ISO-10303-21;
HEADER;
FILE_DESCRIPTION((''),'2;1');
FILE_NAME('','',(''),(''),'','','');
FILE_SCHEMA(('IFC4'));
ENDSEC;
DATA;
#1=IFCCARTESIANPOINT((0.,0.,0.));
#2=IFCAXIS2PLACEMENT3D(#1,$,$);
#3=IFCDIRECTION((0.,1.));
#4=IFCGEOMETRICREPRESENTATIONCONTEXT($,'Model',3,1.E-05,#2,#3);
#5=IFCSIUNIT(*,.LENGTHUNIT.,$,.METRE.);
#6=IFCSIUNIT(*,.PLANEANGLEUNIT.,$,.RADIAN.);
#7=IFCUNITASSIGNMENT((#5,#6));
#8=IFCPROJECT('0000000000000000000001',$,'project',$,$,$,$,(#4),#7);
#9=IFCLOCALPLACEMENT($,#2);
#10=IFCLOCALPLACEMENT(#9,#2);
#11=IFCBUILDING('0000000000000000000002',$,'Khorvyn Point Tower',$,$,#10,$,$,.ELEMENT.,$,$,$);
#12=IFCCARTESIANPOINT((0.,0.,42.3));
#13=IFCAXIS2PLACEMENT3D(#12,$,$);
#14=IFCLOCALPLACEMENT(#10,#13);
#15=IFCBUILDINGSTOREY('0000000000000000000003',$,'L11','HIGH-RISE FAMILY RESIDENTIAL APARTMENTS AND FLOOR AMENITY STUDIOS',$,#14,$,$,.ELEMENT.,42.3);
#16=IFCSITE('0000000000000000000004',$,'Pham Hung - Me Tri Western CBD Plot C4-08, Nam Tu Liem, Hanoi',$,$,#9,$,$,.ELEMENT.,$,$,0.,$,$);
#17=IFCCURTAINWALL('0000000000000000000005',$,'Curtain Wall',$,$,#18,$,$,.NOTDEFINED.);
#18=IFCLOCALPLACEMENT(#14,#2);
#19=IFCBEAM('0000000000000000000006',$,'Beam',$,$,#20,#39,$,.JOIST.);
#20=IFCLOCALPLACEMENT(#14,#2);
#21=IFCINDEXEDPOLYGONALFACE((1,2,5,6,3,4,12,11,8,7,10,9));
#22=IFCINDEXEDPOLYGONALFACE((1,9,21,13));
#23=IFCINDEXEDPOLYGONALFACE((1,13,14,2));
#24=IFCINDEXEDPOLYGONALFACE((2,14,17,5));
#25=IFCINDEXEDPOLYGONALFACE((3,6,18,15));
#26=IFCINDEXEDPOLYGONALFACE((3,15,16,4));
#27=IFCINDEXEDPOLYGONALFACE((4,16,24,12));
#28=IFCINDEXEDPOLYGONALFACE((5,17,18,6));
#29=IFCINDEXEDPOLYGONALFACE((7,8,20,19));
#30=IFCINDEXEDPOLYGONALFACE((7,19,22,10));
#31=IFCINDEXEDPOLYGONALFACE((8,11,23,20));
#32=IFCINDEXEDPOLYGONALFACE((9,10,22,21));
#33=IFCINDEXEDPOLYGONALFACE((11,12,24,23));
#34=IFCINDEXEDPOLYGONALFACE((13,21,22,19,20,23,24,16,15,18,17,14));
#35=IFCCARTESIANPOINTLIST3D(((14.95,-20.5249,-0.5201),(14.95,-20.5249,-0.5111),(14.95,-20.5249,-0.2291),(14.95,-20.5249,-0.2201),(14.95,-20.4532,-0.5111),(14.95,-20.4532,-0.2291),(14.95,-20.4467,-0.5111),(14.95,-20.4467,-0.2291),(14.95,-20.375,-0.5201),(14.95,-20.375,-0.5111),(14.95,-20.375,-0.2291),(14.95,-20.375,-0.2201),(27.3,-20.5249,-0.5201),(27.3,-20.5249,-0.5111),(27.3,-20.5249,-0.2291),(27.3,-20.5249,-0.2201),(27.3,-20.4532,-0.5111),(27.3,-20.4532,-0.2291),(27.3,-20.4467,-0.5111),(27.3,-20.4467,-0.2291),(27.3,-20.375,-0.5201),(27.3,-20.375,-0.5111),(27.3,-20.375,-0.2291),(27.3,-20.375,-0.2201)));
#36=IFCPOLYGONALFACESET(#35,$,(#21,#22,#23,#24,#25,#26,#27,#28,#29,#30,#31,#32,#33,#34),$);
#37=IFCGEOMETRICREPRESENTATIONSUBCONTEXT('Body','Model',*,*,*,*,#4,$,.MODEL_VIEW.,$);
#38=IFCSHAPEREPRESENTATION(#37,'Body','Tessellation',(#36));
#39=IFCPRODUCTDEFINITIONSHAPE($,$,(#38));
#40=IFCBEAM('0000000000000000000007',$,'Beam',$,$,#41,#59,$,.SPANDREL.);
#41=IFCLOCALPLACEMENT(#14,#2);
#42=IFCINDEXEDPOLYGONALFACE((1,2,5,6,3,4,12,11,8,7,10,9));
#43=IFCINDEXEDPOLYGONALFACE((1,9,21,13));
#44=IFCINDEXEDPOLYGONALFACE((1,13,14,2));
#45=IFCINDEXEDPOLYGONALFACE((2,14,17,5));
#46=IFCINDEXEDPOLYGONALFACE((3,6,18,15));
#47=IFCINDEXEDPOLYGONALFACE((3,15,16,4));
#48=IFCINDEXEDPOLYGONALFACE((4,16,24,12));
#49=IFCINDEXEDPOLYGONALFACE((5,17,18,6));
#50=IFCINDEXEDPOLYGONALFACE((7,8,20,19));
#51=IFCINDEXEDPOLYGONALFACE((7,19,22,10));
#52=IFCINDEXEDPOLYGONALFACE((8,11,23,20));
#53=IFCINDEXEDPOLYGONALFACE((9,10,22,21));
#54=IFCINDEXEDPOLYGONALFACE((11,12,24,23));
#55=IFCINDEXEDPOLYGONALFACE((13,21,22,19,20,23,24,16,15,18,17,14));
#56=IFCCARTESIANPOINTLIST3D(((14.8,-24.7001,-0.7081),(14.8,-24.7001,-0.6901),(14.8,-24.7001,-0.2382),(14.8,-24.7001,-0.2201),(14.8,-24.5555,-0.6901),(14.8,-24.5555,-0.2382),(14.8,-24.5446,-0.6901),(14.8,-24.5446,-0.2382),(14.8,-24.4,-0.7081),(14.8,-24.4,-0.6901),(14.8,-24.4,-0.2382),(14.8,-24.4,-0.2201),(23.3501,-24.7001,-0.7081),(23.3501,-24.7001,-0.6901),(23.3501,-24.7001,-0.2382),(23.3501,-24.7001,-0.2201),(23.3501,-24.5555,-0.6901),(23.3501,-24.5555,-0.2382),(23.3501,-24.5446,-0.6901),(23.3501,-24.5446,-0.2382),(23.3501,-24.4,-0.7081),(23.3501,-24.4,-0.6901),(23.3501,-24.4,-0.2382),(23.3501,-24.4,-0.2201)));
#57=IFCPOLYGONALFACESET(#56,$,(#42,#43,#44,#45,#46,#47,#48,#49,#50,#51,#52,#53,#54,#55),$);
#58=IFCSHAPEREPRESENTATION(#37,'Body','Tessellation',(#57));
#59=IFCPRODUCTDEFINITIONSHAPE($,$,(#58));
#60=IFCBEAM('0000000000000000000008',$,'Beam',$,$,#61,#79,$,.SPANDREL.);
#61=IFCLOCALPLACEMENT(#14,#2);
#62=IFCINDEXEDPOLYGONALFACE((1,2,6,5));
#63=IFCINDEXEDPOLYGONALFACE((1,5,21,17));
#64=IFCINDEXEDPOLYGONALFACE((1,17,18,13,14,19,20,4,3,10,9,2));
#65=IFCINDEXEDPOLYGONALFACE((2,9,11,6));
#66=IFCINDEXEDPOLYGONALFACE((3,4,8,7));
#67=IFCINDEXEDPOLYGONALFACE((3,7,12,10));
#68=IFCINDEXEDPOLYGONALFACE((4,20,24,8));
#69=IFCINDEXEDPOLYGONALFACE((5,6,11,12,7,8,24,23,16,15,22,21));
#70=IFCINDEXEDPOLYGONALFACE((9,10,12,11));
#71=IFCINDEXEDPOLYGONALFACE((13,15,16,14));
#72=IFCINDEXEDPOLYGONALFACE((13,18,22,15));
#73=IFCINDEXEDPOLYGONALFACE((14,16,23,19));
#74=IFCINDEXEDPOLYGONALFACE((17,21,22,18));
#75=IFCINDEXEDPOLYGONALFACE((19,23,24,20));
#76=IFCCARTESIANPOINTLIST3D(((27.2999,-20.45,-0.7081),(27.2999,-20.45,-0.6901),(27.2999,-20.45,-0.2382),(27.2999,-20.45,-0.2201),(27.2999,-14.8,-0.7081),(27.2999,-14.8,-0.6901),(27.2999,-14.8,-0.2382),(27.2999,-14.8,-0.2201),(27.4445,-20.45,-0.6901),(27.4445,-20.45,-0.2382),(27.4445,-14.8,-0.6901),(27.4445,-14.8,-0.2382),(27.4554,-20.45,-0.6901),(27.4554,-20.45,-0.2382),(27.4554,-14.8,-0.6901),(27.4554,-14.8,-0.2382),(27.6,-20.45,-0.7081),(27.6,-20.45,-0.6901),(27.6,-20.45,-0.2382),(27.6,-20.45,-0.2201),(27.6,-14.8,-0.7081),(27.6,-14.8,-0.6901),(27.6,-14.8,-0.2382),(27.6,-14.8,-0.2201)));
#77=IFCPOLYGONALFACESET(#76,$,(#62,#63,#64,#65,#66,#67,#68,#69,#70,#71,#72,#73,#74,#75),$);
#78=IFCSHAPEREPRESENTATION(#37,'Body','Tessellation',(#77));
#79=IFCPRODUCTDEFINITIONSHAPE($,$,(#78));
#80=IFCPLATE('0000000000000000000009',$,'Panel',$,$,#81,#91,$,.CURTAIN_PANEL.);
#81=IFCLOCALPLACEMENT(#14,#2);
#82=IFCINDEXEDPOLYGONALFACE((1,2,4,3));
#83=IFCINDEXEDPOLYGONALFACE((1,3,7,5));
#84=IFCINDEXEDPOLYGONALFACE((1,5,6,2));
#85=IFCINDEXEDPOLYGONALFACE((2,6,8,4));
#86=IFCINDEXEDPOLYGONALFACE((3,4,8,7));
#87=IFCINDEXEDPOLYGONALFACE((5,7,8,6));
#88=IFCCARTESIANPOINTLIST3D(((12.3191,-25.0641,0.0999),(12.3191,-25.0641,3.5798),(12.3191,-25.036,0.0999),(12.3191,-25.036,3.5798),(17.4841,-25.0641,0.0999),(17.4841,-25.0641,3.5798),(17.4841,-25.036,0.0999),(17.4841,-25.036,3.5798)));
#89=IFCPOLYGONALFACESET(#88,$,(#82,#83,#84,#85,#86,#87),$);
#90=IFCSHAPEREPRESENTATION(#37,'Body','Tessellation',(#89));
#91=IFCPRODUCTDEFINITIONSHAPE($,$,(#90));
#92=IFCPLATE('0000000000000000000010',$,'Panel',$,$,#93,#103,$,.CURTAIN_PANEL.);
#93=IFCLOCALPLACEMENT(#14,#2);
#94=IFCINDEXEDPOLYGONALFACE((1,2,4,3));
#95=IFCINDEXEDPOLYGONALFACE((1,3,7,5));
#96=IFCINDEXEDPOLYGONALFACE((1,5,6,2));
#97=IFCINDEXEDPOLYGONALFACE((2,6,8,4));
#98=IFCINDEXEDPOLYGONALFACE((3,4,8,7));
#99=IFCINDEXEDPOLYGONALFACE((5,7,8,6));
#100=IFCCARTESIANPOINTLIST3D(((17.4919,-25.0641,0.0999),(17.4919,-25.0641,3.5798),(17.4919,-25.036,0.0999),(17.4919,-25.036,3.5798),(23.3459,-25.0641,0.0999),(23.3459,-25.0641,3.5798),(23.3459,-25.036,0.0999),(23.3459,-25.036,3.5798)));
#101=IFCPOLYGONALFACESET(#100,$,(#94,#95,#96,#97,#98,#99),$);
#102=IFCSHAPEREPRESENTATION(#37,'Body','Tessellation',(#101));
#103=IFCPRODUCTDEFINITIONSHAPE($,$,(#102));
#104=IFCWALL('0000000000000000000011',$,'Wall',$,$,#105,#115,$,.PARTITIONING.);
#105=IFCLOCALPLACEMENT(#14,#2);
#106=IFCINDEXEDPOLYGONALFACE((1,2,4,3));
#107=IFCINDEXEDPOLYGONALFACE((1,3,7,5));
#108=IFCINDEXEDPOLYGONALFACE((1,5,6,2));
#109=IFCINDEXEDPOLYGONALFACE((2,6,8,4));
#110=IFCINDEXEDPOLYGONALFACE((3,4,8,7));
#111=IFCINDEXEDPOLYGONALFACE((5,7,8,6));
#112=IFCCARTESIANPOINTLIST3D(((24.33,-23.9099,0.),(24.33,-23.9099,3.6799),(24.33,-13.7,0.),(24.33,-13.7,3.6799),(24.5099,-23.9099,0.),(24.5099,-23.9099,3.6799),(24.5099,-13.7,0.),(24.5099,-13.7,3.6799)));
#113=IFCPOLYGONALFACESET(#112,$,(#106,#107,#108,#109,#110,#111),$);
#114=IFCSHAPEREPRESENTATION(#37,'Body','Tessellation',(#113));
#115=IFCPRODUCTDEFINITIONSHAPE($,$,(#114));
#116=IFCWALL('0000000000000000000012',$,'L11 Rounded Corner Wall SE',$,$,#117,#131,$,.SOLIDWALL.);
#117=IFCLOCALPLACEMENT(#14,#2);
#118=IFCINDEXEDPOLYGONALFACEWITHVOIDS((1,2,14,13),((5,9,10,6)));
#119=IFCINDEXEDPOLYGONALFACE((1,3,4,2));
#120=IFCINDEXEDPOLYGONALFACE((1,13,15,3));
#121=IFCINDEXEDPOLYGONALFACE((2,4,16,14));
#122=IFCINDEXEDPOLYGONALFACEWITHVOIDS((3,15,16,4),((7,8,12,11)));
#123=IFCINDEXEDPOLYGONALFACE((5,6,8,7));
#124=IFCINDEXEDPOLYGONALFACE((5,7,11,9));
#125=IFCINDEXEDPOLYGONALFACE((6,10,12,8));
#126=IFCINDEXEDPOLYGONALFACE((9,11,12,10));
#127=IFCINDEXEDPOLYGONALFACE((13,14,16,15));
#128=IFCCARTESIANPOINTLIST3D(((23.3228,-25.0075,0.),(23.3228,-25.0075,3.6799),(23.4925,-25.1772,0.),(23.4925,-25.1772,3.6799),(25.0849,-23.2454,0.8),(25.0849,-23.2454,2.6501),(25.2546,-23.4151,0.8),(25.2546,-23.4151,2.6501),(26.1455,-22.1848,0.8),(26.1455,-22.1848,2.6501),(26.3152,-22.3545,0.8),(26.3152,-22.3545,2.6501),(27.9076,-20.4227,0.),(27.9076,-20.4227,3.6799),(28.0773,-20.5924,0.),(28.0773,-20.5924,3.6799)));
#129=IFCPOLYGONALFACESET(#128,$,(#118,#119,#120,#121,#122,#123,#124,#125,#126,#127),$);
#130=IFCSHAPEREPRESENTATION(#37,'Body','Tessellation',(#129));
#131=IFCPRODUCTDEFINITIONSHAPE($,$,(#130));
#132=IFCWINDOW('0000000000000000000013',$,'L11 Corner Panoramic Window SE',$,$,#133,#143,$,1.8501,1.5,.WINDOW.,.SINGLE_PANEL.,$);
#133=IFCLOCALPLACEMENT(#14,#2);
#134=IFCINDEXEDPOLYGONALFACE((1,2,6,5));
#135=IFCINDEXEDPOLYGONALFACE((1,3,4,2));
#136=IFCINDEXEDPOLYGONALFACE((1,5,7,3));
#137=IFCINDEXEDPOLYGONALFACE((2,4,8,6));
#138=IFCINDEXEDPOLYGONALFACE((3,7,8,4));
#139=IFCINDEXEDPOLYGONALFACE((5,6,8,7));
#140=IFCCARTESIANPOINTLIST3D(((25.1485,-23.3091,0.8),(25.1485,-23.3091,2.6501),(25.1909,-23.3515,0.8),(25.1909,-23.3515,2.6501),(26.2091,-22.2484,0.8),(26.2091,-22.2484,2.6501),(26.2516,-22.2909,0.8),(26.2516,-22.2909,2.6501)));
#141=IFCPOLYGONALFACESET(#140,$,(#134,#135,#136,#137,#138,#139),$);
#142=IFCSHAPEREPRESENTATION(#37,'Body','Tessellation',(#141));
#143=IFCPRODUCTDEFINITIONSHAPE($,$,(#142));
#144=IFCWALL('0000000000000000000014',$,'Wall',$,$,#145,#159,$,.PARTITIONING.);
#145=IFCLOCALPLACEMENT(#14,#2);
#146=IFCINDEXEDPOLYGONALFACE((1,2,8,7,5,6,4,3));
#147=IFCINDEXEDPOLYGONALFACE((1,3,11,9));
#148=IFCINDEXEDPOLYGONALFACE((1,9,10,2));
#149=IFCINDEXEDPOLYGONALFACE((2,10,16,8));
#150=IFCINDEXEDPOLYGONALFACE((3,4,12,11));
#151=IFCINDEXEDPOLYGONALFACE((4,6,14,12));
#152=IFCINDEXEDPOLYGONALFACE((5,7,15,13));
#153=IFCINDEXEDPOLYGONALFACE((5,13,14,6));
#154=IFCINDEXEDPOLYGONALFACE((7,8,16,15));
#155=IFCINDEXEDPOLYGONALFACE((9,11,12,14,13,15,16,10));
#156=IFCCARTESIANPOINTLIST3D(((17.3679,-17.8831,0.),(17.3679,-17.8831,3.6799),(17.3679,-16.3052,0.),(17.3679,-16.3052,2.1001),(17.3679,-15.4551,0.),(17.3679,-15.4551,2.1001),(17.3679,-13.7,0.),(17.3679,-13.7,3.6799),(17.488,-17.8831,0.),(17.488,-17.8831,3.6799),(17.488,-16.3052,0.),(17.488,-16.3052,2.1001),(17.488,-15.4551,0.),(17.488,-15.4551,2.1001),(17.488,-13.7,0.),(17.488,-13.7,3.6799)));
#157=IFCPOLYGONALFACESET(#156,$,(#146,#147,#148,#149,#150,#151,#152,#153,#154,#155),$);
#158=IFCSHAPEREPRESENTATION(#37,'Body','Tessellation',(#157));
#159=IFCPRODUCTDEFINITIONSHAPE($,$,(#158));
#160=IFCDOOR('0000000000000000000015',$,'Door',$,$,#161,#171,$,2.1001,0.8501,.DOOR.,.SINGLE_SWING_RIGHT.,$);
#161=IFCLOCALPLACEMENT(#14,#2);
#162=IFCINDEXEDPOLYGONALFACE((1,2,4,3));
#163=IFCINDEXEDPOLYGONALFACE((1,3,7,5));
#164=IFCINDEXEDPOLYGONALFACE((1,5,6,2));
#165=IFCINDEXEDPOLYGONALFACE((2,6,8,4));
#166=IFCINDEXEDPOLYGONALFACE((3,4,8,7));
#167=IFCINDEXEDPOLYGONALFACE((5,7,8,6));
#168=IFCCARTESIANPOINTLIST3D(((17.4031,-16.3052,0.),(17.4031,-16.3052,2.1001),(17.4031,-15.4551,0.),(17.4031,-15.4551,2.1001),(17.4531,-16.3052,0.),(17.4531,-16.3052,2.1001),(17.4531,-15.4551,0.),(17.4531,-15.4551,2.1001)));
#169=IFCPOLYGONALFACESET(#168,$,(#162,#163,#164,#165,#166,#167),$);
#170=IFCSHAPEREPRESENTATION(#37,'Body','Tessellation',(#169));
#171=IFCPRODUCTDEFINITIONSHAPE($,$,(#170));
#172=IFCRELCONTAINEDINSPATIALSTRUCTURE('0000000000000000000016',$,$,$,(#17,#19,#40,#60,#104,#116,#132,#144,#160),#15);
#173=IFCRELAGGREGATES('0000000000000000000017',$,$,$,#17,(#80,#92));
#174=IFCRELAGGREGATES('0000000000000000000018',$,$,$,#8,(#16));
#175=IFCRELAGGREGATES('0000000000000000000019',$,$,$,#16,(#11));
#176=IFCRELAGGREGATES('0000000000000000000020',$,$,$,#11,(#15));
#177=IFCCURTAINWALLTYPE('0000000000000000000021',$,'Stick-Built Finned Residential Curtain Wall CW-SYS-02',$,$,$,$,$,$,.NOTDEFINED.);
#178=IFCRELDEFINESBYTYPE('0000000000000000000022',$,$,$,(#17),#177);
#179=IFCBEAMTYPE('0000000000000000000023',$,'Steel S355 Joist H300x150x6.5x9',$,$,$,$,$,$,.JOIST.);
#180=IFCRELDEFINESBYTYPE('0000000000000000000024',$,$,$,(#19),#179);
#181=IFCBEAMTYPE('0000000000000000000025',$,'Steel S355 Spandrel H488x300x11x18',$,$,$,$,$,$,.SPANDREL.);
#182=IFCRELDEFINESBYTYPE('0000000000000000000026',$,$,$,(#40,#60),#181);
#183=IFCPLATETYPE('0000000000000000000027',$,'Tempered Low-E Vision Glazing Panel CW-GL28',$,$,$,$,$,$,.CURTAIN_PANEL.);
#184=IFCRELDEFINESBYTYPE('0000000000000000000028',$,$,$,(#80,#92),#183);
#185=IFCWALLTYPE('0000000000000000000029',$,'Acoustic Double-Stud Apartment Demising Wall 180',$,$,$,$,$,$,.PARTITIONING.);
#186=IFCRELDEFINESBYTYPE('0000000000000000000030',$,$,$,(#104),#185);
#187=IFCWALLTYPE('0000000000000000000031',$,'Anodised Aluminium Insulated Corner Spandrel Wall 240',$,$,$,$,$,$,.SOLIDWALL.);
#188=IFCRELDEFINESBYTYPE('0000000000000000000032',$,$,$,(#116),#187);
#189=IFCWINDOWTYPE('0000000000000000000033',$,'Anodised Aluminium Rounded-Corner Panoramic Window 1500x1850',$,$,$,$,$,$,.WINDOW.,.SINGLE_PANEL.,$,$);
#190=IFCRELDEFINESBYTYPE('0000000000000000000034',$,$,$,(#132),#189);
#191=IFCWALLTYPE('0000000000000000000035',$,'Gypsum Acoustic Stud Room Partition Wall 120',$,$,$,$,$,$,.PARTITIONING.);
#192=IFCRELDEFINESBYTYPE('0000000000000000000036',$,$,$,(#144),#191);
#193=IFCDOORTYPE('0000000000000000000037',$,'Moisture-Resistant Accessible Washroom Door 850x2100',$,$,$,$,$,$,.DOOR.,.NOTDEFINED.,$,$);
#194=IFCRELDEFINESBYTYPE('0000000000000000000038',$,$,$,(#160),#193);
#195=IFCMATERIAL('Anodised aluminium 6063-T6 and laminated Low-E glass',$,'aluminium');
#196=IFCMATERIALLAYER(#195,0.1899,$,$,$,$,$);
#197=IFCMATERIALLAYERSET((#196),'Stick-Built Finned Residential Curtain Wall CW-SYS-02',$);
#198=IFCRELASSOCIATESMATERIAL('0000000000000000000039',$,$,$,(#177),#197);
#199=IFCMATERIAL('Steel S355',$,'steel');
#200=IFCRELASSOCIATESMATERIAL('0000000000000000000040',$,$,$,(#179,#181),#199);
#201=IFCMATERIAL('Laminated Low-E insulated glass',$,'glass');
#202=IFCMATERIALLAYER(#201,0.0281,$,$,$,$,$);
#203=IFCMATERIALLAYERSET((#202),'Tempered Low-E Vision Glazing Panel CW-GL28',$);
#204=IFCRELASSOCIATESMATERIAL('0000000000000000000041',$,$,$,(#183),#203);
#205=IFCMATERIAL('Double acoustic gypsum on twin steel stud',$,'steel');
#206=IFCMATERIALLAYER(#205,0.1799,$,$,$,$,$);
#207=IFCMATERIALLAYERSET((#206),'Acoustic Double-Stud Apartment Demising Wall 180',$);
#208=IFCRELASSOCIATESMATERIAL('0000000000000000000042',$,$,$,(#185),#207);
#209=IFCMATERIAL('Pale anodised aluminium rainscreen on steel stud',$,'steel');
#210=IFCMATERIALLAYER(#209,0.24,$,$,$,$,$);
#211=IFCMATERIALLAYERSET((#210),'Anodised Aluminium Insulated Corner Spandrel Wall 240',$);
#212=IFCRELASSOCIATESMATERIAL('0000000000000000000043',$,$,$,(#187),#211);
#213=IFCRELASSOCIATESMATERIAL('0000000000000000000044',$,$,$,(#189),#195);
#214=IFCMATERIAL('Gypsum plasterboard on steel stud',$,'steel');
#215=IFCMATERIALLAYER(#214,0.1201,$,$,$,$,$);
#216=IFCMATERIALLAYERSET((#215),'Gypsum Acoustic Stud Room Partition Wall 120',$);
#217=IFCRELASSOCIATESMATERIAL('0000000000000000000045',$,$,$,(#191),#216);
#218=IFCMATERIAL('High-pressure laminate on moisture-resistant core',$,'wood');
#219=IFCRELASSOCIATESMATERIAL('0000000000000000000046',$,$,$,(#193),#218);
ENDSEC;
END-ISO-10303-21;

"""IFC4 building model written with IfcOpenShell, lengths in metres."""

from ifc_helpers import new_model, si_unit, direction, frame, frame_2d, origin, origin_2d, place, context, subcontext, project, spatial, rectangle, i_section, extrude, material, layer, layer_set, material_profile, profile_set, type_object, element, fill, aggregate, save


model = new_model("IFC4")

# Units and contexts
model_context = context("Model", 3, precision=1e-05, world=origin(), true_north=direction((0.0, 1.0)))
body_context = subcontext(model_context, "Body", "Model", "MODEL_VIEW")
ifc_project = project(units=[si_unit("LENGTHUNIT", "METRE"), si_unit("PLANEANGLEUNIT", "RADIAN")], contexts=[model_context])

# Site, building, storey
site_placement = place(None, origin())
site = spatial("IfcSite", under=ifc_project, at=site_placement, Name="Pham Hung - Me Tri Western CBD Plot C4-08, Nam Tu Liem, Hanoi", CompositionType="ELEMENT", RefElevation=0.0)
building_placement = place(site_placement, origin())
building = spatial("IfcBuilding", under=site, at=building_placement, Name="Khorvyn Point Tower", CompositionType="ELEMENT")
storey_placement = place(building_placement, frame((0.0, 0.0, 42.3)))
storey = spatial("IfcBuildingStorey", under=building, at=storey_placement, Name="L11", Description="HIGH-RISE FAMILY RESIDENTIAL APARTMENTS AND FLOOR AMENITY STUDIOS", CompositionType="ELEMENT", Elevation=42.3)

# Curtain wall
ifc_material_1 = material(Name="Anodised aluminium 6063-T6 and laminated Low-E glass", Category="aluminium")
ifc_layer_1 = layer(ifc_material_1, 0.1899)
ifc_layer_set_1 = layer_set([ifc_layer_1], Name="Stick-Built Finned Residential Curtain Wall CW-SYS-02")
curtain_wall_type = type_object("IfcCurtainWallType", Name="Stick-Built Finned Residential Curtain Wall CW-SYS-02", PredefinedType="NOTDEFINED", material=ifc_layer_set_1)
curtain_wall_1_placement = place(storey_placement, origin())
curtain_wall_1 = element("IfcCurtainWall", 1, at=curtain_wall_1_placement, inside=storey, type_object=curtain_wall_type, Name="Curtain Wall", PredefinedType="NOTDEFINED")

# Beams
ifc_material_2 = material(Name="Steel S355", Category="steel")
ifc_material_profile_1 = material_profile(ifc_material_2, i_section(OverallWidth=0.1499, OverallDepth=0.3, WebThickness=0.0066, FlangeThickness=0.009, at=origin_2d()))
ifc_profile_set_1 = profile_set([ifc_material_profile_1], Name="Steel S355 H300x150x6.5x9")
beam_type_1 = type_object("IfcBeamType", Name="Steel S355 Joist H300x150x6.5x9", PredefinedType="JOIST", material=ifc_profile_set_1)
beam_1_placement = place(storey_placement, frame((14.95, -20.45, -0.3701), z_axis=(1.0, 0.0, 0.0), x_axis=(0.0, 1.0, 0.0)))
element("IfcBeam", 2, at=beam_1_placement, inside=storey, type_object=beam_type_1, Name="Beam", PredefinedType="JOIST", context=body_context, shape_type="SweptSolid", body=[
    extrude(i_section(OverallWidth=0.1499, OverallDepth=0.3, WebThickness=0.0066, FlangeThickness=0.009, at=origin_2d()), origin(), (0.0, 0.0, 1.0), 12.3501),
])
ifc_material_profile_2 = material_profile(ifc_material_2, i_section(OverallWidth=0.3, OverallDepth=0.488, WebThickness=0.011, FlangeThickness=0.0181, at=origin_2d()))
ifc_profile_set_2 = profile_set([ifc_material_profile_2], Name="Steel S355 H488x300x11x18")
beam_type_2 = type_object("IfcBeamType", Name="Steel S355 Spandrel H488x300x11x18", PredefinedType="SPANDREL", material=ifc_profile_set_2)
beam_2_placement = place(storey_placement, frame((14.8, -24.55, -0.4641), z_axis=(1.0, 0.0, 0.0), x_axis=(0.0, 1.0, 0.0)))
element("IfcBeam", 3, at=beam_2_placement, inside=storey, type_object=beam_type_2, Name="Beam", PredefinedType="SPANDREL", context=body_context, shape_type="SweptSolid", body=[
    extrude(i_section(OverallWidth=0.3, OverallDepth=0.488, WebThickness=0.011, FlangeThickness=0.0181, at=origin_2d()), origin(), (0.0, 0.0, 1.0), 8.55),
])
beam_3_placement = place(storey_placement, frame((27.45, -20.45, -0.4641), z_axis=(0.0, 1.0, 0.0), x_axis=(-1.0, 0.0, 0.0)))
element("IfcBeam", 4, at=beam_3_placement, inside=storey, type_object=beam_type_2, Name="Beam", PredefinedType="SPANDREL", context=body_context, shape_type="SweptSolid", body=[
    extrude(i_section(OverallWidth=0.3, OverallDepth=0.488, WebThickness=0.011, FlangeThickness=0.0181, at=origin_2d()), origin(), (0.0, 0.0, 1.0), 5.6499),
])

# Plates
ifc_material_3 = material(Name="Laminated Low-E insulated glass", Category="glass")
ifc_layer_2 = layer(ifc_material_3, 0.0281)
ifc_layer_set_2 = layer_set([ifc_layer_2], Name="Tempered Low-E Vision Glazing Panel CW-GL28")
plate_type = type_object("IfcPlateType", Name="Tempered Low-E Vision Glazing Panel CW-GL28", PredefinedType="CURTAIN_PANEL", material=ifc_layer_set_2)
plate_1_placement = place(storey_placement, frame((14.9016, -25.05, 0.0999), z_axis=(0.0, 0.0, 1.0), x_axis=(-1.0, 0.0, 0.0)))
plate_1 = element("IfcPlate", 5, at=plate_1_placement, type_object=plate_type, Name="Panel", PredefinedType="CURTAIN_PANEL", context=body_context, shape_type="SweptSolid", body=[
    extrude(rectangle(XDim=5.165, YDim=0.0281, at=origin_2d()), origin(), (0.0, 0.0, 1.0), 3.48),
])
plate_2_placement = place(storey_placement, frame((20.4189, -25.05, 0.0999), z_axis=(0.0, 0.0, 1.0), x_axis=(-1.0, 0.0, 0.0)))
plate_2 = element("IfcPlate", 6, at=plate_2_placement, type_object=plate_type, Name="Panel", PredefinedType="CURTAIN_PANEL", context=body_context, shape_type="SweptSolid", body=[
    extrude(rectangle(XDim=5.854, YDim=0.0281, at=origin_2d()), origin(), (0.0, 0.0, 1.0), 3.48),
])
aggregate(curtain_wall_1, [plate_1, plate_2])

# Wall
ifc_material_4 = material(Name="Double acoustic gypsum on twin steel stud", Category="steel")
ifc_layer_3 = layer(ifc_material_4, 0.1799)
ifc_layer_set_3 = layer_set([ifc_layer_3], Name="Acoustic Double-Stud Apartment Demising Wall 180")
wall_type_1 = type_object("IfcWallType", Name="Acoustic Double-Stud Apartment Demising Wall 180", PredefinedType="PARTITIONING", material=ifc_layer_set_3)
wall_1_placement = place(storey_placement, frame((24.4199, -23.9099, 0.0), z_axis=(0.0, 0.0, 1.0), x_axis=(0.0, 1.0, 0.0)))
element("IfcWall", 7, at=wall_1_placement, inside=storey, type_object=wall_type_1, Name="Wall", PredefinedType="PARTITIONING", context=body_context, shape_type="SweptSolid", body=[
    extrude(rectangle(XDim=10.21, YDim=0.1799, at=frame_2d((5.105, 0.0))), origin(), (0.0, 0.0, 1.0), 3.6799),
])

# Wall, opening, window
ifc_material_5 = material(Name="Pale anodised aluminium rainscreen on steel stud", Category="steel")
ifc_layer_4 = layer(ifc_material_5, 0.24)
ifc_layer_set_4 = layer_set([ifc_layer_4], Name="Anodised Aluminium Insulated Corner Spandrel Wall 240")
wall_type_2 = type_object("IfcWallType", Name="Anodised Aluminium Insulated Corner Spandrel Wall 240", PredefinedType="SOLIDWALL", material=ifc_layer_set_4)
wall_2_placement = place(storey_placement, frame((27.9924, -20.5076, 0.0), z_axis=(0.0, 0.0, 1.0), x_axis=(-0.707107, -0.707107, 0.0)))
wall_2 = element("IfcWall", 8, at=wall_2_placement, inside=storey, type_object=wall_type_2, Name="L11 Rounded Corner Wall SE", PredefinedType="SOLIDWALL", context=body_context, shape_type="SweptSolid", body=[
    extrude(rectangle(XDim=6.4839, YDim=0.24, at=frame_2d((3.2419, 0.0))), origin(), (0.0, 0.0, 1.0), 3.6799),
])
opening_1_placement = place(wall_2_placement, frame((2.4919, 0.0, 0.8)))
opening_1 = element("IfcOpeningElement", 9, at=opening_1_placement, cuts=wall_2, PredefinedType="OPENING", context=body_context, shape_type="SweptSolid", body=[
    extrude(rectangle(XDim=1.5, YDim=1.8501, at=frame_2d((0.75, 0.925))), frame((0.0, 0.1299, 0.0), z_axis=(0.0, -1.0, 0.0), x_axis=(1.0, 0.0, 0.0)), (0.0, 0.0, 1.0), 0.26),
])
window_type = type_object("IfcWindowType", Name="Anodised Aluminium Rounded-Corner Panoramic Window 1500x1850", PartitioningType="SINGLE_PANEL", PredefinedType="WINDOW", material=ifc_material_1)
window_placement = place(opening_1_placement, origin())
window = element("IfcWindow", 10, at=window_placement, inside=storey, type_object=window_type, Name="L11 Corner Panoramic Window SE", OverallHeight=1.8501, OverallWidth=1.5, PartitioningType="SINGLE_PANEL", PredefinedType="WINDOW", context=body_context, shape_type="SweptSolid", body=[
    extrude(rectangle(XDim=1.5, YDim=1.8501, at=frame_2d((0.75, 0.925))), frame((0.0, 0.03, 0.0), z_axis=(0.0, -1.0, 0.0), x_axis=(1.0, 0.0, 0.0)), (0.0, 0.0, 1.0), 0.0601),
])
fill(opening_1, window)

# Wall, opening, door
ifc_material_6 = material(Name="Gypsum plasterboard on steel stud", Category="steel")
ifc_layer_5 = layer(ifc_material_6, 0.1201)
ifc_layer_set_5 = layer_set([ifc_layer_5], Name="Gypsum Acoustic Stud Room Partition Wall 120")
wall_type_3 = type_object("IfcWallType", Name="Gypsum Acoustic Stud Room Partition Wall 120", PredefinedType="PARTITIONING", material=ifc_layer_set_5)
wall_3_placement = place(storey_placement, frame((17.428, -17.8831, 0.0), z_axis=(0.0, 0.0, 1.0), x_axis=(0.0, 1.0, 0.0)))
wall_3 = element("IfcWall", 11, at=wall_3_placement, inside=storey, type_object=wall_type_3, Name="Wall", PredefinedType="PARTITIONING", context=body_context, shape_type="SweptSolid", body=[
    extrude(rectangle(XDim=4.1831, YDim=0.1201, at=frame_2d((2.0916, 0.0))), origin(), (0.0, 0.0, 1.0), 3.6799),
])
opening_2_placement = place(wall_3_placement, frame((1.5779, 0.0, 0.0)))
opening_2 = element("IfcOpeningElement", 12, at=opening_2_placement, cuts=wall_3, PredefinedType="OPENING", context=body_context, shape_type="SweptSolid", body=[
    extrude(rectangle(XDim=0.8501, YDim=2.1001, at=frame_2d((0.425, 1.05))), frame((0.0, 0.0701, 0.0), z_axis=(0.0, -1.0, 0.0), x_axis=(1.0, 0.0, 0.0)), (0.0, 0.0, 1.0), 0.1401),
])
ifc_material_7 = material(Name="High-pressure laminate on moisture-resistant core", Category="wood")
door_type_1 = type_object("IfcDoorType", Name="Moisture-Resistant Accessible Washroom Door 850x2100", OperationType="NOTDEFINED", PredefinedType="DOOR", material=ifc_material_7)
door_1_placement = place(opening_2_placement, origin())
door_1 = element("IfcDoor", 13, at=door_1_placement, inside=storey, type_object=door_type_1, Name="Door", OperationType="SINGLE_SWING_RIGHT", OverallHeight=2.1001, OverallWidth=0.8501, PredefinedType="DOOR", context=body_context, shape_type="SweptSolid", body=[
    extrude(rectangle(XDim=0.8501, YDim=2.1001, at=frame_2d((0.425, 1.05))), frame((0.0, 0.0249, 0.0), z_axis=(0.0, -1.0, 0.0), x_axis=(1.0, 0.0, 0.0)), (0.0, 0.0, 1.0), 0.05),
])
fill(opening_2, door_1)

save(model, "model.ifc")
